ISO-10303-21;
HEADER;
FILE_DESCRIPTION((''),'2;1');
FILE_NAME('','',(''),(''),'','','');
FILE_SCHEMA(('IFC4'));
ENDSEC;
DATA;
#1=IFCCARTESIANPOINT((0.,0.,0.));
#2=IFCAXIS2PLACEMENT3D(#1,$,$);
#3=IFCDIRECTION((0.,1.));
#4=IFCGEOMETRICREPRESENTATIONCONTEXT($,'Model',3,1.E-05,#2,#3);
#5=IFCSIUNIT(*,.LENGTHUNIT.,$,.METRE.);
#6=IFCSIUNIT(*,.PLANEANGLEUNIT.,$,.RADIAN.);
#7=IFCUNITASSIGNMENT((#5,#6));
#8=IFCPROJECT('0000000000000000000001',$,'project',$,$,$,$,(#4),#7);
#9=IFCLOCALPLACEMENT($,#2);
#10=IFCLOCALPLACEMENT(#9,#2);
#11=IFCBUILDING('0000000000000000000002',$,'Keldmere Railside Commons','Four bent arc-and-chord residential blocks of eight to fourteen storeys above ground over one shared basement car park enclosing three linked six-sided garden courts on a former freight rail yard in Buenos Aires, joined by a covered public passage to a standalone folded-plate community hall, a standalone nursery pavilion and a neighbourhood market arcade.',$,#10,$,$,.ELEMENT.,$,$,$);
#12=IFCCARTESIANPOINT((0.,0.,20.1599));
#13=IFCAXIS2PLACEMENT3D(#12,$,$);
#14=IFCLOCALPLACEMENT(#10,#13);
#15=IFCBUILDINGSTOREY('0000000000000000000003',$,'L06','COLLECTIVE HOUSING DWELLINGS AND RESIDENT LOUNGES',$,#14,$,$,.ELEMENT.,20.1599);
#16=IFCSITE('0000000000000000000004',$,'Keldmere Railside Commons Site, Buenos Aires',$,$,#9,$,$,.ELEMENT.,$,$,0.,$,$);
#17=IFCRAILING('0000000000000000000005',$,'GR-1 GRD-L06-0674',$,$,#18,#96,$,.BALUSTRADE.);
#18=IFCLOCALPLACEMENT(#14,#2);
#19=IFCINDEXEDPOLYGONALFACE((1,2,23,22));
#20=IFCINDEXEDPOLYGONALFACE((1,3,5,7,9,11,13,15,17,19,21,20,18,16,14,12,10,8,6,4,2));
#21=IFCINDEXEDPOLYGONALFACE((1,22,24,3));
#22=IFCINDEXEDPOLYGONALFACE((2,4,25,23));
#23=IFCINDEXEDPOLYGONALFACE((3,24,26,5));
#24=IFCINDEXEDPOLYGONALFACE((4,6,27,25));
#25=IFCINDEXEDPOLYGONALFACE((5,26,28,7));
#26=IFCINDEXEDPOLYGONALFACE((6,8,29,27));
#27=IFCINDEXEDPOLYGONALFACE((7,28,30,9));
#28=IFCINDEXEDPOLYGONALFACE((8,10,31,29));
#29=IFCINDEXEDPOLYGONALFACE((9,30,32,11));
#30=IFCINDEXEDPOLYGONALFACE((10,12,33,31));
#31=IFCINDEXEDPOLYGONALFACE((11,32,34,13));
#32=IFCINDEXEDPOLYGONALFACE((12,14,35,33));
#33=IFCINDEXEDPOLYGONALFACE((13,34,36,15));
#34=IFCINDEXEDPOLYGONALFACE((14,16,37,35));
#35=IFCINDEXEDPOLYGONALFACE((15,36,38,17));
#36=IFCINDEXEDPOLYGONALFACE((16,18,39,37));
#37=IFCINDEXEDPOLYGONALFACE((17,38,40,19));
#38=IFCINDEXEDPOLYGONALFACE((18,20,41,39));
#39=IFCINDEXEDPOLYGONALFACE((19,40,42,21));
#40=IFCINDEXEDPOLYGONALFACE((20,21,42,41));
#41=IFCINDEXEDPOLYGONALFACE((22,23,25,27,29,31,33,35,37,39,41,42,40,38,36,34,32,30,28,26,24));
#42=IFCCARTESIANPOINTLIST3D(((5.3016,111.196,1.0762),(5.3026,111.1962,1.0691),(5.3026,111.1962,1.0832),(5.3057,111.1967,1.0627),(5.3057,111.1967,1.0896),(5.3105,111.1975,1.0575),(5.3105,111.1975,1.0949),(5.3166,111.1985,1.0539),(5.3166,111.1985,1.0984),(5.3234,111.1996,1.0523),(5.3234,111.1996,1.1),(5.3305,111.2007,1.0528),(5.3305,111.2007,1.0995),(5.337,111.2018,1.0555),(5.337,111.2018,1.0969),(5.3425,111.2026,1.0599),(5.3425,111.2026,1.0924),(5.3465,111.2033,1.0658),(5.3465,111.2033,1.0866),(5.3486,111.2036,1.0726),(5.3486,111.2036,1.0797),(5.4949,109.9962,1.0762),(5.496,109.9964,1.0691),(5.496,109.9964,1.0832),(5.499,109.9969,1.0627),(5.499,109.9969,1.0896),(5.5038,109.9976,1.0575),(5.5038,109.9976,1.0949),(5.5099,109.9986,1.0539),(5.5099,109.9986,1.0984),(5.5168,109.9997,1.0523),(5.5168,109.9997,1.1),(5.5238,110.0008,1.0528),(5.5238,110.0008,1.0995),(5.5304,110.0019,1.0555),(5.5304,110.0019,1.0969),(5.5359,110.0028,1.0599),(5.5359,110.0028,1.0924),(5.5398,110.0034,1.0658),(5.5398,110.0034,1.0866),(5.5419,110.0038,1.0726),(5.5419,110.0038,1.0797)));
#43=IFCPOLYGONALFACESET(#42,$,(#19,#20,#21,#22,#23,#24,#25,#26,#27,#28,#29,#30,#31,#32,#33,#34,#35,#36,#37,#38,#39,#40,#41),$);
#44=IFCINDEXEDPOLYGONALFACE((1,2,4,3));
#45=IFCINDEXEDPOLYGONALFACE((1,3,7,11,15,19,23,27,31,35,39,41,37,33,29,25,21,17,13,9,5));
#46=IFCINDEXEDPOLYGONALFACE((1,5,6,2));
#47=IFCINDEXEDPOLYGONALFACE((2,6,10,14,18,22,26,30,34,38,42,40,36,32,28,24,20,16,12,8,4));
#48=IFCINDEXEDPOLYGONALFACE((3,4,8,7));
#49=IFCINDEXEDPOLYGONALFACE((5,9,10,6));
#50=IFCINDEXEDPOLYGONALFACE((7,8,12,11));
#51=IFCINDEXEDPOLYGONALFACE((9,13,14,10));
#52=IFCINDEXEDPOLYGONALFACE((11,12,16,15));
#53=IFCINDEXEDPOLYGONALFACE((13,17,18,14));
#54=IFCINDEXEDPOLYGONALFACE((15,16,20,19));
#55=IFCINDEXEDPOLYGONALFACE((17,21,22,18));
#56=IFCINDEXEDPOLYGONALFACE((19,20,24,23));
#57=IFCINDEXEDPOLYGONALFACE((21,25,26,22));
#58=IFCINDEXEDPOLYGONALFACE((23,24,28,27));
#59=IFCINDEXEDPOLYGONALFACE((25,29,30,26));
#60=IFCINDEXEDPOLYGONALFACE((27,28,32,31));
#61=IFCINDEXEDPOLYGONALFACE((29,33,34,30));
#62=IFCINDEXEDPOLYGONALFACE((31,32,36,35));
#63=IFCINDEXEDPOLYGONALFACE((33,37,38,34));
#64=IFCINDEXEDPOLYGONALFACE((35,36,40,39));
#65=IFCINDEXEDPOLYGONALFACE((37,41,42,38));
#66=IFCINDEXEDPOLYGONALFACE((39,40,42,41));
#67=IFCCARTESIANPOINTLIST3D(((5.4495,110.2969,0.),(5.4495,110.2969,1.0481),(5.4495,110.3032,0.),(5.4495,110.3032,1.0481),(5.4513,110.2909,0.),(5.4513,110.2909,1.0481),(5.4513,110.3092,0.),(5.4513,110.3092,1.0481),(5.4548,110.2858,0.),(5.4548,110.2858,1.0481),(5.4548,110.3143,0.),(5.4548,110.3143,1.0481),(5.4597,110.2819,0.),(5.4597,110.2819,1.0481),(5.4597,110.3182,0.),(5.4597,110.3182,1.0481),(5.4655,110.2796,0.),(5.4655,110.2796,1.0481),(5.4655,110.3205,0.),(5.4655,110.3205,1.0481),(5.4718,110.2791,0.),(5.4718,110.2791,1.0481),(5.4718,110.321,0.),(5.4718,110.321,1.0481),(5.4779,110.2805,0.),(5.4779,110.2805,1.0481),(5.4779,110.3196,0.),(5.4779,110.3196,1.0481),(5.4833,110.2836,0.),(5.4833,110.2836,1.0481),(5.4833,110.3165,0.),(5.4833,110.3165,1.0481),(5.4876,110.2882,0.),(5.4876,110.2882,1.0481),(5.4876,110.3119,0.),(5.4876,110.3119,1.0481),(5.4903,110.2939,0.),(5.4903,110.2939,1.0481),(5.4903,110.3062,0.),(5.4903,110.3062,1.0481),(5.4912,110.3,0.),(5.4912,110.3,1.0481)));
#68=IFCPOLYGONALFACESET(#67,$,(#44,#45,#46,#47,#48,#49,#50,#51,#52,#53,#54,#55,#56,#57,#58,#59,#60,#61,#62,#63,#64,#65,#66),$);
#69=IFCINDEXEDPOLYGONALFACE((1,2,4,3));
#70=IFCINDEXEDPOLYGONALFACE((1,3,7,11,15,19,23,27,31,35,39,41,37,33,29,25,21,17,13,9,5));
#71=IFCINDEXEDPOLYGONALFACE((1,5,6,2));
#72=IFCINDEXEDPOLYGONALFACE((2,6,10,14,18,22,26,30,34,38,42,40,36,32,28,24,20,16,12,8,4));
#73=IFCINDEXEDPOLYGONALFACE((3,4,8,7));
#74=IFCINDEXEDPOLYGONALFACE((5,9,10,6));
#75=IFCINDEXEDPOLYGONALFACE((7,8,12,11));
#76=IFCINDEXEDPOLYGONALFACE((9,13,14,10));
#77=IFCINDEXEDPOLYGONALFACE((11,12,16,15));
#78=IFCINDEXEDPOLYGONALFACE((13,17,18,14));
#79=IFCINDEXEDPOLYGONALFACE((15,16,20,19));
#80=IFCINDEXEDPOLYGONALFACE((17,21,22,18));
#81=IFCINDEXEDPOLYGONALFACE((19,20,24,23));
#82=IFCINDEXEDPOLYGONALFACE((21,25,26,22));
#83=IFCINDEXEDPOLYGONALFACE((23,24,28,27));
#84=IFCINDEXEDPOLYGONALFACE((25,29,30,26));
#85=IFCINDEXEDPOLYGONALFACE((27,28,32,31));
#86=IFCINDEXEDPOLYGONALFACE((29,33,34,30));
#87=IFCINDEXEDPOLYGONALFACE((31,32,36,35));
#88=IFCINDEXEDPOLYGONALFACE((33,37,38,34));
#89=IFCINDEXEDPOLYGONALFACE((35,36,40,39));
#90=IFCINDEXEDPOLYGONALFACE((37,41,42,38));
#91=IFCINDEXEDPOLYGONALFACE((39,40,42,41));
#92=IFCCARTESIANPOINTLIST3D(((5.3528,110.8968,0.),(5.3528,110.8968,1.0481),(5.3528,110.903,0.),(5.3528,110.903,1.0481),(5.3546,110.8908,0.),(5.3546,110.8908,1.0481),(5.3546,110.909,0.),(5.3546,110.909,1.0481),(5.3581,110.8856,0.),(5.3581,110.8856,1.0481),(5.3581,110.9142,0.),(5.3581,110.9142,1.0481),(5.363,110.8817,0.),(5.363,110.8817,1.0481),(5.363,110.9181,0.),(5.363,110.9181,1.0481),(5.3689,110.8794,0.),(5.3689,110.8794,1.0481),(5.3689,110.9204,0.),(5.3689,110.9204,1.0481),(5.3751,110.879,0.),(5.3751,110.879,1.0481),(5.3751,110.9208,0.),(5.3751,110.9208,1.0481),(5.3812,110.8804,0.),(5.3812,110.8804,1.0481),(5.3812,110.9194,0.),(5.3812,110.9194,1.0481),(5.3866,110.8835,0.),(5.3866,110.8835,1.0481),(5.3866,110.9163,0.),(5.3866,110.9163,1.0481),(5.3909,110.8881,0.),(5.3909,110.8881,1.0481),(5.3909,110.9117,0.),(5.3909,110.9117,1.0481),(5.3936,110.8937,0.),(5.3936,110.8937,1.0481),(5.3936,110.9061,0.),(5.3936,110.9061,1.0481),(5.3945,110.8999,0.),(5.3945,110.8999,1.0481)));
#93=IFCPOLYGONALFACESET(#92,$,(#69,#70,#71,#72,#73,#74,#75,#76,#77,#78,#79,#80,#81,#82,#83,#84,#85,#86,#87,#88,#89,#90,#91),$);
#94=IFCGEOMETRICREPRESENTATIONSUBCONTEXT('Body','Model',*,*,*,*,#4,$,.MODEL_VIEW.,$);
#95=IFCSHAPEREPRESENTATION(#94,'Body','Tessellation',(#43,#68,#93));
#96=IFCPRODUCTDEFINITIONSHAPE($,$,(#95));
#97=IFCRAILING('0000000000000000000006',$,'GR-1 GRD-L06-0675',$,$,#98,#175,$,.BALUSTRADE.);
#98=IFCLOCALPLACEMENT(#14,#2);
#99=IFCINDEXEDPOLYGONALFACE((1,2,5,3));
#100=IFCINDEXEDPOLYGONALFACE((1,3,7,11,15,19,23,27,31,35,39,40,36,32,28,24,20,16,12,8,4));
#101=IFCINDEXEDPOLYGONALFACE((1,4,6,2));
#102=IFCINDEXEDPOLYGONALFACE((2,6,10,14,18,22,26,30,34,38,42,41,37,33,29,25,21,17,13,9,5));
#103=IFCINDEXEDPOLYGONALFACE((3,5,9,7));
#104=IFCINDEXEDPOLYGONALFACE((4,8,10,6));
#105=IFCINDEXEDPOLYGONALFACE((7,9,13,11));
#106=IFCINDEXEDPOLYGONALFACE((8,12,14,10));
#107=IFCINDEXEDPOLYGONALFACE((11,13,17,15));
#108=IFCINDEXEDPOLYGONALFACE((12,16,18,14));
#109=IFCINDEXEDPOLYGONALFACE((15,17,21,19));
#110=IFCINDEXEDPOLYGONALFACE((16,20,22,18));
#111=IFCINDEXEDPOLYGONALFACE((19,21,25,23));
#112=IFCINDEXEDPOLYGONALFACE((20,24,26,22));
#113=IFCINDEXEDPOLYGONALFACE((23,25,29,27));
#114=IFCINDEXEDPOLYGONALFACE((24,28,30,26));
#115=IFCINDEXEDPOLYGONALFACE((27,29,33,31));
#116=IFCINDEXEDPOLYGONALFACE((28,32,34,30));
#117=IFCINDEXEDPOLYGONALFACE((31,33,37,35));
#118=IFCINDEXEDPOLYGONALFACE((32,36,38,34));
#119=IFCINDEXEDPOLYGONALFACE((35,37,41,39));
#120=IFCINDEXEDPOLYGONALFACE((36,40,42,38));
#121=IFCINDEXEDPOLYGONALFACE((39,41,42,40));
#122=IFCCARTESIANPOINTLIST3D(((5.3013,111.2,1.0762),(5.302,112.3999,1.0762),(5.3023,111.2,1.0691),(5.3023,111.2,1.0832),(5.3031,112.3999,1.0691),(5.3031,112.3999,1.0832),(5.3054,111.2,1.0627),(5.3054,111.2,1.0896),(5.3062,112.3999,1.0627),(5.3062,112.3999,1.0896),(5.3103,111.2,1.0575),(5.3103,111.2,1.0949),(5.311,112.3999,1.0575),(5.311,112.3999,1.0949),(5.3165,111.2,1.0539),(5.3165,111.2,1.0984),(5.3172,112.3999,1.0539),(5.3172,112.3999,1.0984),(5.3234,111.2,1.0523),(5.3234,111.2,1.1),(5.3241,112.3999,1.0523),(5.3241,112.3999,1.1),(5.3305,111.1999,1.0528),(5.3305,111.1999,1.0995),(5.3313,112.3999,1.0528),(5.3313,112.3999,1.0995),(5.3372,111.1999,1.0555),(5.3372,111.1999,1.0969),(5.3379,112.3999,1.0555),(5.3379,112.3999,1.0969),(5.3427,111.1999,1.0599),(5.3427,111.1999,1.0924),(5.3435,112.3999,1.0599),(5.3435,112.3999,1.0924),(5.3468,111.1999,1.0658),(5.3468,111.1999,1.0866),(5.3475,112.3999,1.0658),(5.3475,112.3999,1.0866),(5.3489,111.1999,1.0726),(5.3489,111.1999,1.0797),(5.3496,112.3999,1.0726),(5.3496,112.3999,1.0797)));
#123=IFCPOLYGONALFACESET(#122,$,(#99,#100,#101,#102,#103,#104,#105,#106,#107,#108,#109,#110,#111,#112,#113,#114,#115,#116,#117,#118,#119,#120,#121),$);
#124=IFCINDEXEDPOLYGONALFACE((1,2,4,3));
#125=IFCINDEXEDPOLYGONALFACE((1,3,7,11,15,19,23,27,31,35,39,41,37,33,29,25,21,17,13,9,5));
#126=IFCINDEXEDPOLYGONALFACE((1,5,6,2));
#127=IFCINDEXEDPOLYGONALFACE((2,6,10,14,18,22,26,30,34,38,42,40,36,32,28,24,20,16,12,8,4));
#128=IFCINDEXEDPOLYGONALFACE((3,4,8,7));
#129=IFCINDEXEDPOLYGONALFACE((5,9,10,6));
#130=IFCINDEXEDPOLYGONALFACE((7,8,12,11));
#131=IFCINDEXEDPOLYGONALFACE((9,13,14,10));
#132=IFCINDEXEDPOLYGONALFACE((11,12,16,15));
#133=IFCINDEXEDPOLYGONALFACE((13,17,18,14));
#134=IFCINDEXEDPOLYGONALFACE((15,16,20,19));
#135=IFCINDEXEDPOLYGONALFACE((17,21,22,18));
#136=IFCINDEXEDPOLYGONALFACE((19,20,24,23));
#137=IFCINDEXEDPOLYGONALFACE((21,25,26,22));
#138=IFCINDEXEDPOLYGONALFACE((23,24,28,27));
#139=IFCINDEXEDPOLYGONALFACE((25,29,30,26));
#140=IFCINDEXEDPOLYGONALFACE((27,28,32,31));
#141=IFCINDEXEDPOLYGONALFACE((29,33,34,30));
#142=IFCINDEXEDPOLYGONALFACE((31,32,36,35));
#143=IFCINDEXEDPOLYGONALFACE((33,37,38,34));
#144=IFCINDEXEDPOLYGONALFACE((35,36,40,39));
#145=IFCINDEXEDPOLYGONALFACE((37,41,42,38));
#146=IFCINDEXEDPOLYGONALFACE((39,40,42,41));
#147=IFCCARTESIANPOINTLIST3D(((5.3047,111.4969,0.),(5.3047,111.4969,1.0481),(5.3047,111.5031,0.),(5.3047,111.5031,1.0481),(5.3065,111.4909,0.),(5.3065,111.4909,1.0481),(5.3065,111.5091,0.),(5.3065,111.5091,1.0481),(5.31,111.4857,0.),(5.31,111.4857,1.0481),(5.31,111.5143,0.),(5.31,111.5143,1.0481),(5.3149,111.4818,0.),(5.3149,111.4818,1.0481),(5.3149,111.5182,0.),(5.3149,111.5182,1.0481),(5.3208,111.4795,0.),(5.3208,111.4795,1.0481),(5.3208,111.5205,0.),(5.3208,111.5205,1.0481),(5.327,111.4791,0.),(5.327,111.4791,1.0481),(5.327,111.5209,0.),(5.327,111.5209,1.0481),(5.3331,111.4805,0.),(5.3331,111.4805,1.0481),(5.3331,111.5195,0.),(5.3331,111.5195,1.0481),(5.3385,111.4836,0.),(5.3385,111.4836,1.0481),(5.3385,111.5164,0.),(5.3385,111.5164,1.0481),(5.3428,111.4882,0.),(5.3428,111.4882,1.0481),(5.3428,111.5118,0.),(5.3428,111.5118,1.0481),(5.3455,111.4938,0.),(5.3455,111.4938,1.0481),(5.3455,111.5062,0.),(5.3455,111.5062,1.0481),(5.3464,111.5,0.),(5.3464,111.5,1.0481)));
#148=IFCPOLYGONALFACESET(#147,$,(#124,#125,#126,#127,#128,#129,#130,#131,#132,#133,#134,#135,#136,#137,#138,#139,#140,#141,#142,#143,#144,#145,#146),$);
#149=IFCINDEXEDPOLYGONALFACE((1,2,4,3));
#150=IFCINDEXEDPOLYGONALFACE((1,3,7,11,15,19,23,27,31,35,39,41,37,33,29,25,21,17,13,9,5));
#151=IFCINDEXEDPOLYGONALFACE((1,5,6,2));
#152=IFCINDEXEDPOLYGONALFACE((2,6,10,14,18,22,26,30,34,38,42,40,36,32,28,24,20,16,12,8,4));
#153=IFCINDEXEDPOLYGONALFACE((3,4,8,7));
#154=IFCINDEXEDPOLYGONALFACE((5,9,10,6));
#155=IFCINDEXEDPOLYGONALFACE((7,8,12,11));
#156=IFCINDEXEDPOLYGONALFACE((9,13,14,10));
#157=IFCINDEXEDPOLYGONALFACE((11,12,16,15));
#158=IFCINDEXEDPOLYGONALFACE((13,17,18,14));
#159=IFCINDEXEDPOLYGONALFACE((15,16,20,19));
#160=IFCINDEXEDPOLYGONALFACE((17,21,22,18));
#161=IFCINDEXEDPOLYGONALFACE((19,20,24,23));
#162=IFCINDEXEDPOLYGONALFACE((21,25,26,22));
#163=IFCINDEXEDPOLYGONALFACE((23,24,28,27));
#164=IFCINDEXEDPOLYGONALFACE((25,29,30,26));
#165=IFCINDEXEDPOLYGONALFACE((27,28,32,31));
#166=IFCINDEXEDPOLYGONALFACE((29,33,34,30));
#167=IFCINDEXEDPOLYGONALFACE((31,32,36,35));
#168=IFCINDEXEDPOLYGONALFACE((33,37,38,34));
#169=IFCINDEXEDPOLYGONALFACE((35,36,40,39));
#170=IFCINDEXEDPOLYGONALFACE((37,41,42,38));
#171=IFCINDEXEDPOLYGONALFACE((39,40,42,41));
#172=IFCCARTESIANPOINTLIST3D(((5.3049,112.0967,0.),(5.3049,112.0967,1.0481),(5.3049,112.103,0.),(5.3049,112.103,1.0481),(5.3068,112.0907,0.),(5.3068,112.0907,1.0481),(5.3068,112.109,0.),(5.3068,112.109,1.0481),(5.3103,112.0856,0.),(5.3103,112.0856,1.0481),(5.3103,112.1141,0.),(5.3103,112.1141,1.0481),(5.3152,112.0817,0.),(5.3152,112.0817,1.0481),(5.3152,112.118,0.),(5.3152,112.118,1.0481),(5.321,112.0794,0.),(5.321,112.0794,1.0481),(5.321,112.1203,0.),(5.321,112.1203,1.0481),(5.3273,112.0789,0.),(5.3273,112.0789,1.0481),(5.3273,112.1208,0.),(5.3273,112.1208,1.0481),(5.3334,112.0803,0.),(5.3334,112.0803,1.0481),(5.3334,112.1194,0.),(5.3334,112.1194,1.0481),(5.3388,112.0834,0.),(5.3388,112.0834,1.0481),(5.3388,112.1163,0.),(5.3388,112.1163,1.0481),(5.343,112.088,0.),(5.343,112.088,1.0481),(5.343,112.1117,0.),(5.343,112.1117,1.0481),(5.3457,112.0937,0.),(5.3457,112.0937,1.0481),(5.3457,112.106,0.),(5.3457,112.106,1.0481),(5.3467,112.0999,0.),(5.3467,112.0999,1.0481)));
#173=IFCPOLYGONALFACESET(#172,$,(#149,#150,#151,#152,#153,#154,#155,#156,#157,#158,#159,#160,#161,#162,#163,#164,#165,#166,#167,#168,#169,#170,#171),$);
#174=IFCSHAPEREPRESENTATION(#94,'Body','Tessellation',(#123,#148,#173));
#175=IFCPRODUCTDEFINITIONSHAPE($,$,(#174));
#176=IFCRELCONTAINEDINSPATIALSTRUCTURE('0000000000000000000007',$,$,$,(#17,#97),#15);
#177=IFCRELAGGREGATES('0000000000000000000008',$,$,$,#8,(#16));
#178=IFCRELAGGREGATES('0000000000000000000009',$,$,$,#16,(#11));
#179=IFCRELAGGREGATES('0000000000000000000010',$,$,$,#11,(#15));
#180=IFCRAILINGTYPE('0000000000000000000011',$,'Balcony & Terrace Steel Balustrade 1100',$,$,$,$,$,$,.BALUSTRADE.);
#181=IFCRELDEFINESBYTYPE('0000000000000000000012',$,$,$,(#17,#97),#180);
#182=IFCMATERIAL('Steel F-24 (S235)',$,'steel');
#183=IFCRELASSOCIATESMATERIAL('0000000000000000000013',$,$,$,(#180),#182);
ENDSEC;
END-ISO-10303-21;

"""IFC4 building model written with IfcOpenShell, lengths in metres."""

from ifc_helpers import new_model, si_unit, direction, frame, origin, origin_2d, place, context, subcontext, project, spatial, circle, extrude, material, type_object, element, save


model = new_model("IFC4")

# Units and contexts
model_context = context("Model", 3, precision=1e-05, world=origin(), true_north=direction((0.0, 1.0)))
body_context = subcontext(model_context, "Body", "Model", "MODEL_VIEW")
ifc_project = project(units=[si_unit("LENGTHUNIT", "METRE"), si_unit("PLANEANGLEUNIT", "RADIAN")], contexts=[model_context])

# Site, building, storey
site_placement = place(None, origin())
site = spatial("IfcSite", under=ifc_project, at=site_placement, Name="Keldmere Railside Commons Site, Buenos Aires", CompositionType="ELEMENT", RefElevation=0.0)
building_placement = place(site_placement, origin())
building = spatial("IfcBuilding", under=site, at=building_placement, Name="Keldmere Railside Commons", Description="Four bent arc-and-chord residential blocks of eight to fourteen storeys above ground over one shared basement car park enclosing three linked six-sided garden courts on a former freight rail yard in Buenos Aires, joined by a covered public passage to a standalone folded-plate community hall, a standalone nursery pavilion and a neighbourhood market arcade.", CompositionType="ELEMENT")
storey_placement = place(building_placement, frame((0.0, 0.0, 20.1599)))
storey = spatial("IfcBuildingStorey", under=building, at=storey_placement, Name="L06", Description="COLLECTIVE HOUSING DWELLINGS AND RESIDENT LOUNGES", CompositionType="ELEMENT", Elevation=20.1599)

# Railings
ifc_material_1 = material(Name="Steel F-24 (S235)", Category="steel")
railing_type = type_object("IfcRailingType", Name="Balcony & Terrace Steel Balustrade 1100", PredefinedType="BALUSTRADE", material=ifc_material_1)
railing_1_placement = place(storey_placement, frame((5.5186, 110.0, 0.0)))
element("IfcRailing", 1, at=railing_1_placement, inside=storey, type_object=railing_type, Name="GR-1 GRD-L06-0674", PredefinedType="BALUSTRADE", context=body_context, shape_type="SweptSolid", body=[
    extrude(circle(Radius=0.0239, at=origin_2d()), frame((0.0, 0.0, 1.0762), z_axis=(-0.159087, 0.987265, 0.0), x_axis=(-0.987265, -0.159087, 0.0)), (0.0, 0.0, 1.0), 1.2153),
    extrude(circle(Radius=0.021, at=origin_2d()), frame((-0.0483, 0.3, 0.0)), (0.0, 0.0, 1.0), 1.0481),
    extrude(circle(Radius=0.021, at=origin_2d()), frame((-0.145, 0.8999, 0.0)), (0.0, 0.0, 1.0), 1.0481),
])
railing_2_placement = place(storey_placement, frame((5.3252, 111.2, 0.0)))
element("IfcRailing", 2, at=railing_2_placement, inside=storey, type_object=railing_type, Name="GR-1 GRD-L06-0675", PredefinedType="BALUSTRADE", context=body_context, shape_type="SweptSolid", body=[
    extrude(circle(Radius=0.0239, at=origin_2d()), frame((0.0, 0.0, 1.0762), z_axis=(0.00061, 1.0, 0.0), x_axis=(-1.0, 0.00061, 0.0)), (0.0, 0.0, 1.0), 1.2),
    extrude(circle(Radius=0.021, at=origin_2d()), frame((0.0002, 0.3, 0.0)), (0.0, 0.0, 1.0), 1.0481),
    extrude(circle(Radius=0.021, at=origin_2d()), frame((0.0005, 0.8999, 0.0)), (0.0, 0.0, 1.0), 1.0481),
])

save(model, "model.ifc")
